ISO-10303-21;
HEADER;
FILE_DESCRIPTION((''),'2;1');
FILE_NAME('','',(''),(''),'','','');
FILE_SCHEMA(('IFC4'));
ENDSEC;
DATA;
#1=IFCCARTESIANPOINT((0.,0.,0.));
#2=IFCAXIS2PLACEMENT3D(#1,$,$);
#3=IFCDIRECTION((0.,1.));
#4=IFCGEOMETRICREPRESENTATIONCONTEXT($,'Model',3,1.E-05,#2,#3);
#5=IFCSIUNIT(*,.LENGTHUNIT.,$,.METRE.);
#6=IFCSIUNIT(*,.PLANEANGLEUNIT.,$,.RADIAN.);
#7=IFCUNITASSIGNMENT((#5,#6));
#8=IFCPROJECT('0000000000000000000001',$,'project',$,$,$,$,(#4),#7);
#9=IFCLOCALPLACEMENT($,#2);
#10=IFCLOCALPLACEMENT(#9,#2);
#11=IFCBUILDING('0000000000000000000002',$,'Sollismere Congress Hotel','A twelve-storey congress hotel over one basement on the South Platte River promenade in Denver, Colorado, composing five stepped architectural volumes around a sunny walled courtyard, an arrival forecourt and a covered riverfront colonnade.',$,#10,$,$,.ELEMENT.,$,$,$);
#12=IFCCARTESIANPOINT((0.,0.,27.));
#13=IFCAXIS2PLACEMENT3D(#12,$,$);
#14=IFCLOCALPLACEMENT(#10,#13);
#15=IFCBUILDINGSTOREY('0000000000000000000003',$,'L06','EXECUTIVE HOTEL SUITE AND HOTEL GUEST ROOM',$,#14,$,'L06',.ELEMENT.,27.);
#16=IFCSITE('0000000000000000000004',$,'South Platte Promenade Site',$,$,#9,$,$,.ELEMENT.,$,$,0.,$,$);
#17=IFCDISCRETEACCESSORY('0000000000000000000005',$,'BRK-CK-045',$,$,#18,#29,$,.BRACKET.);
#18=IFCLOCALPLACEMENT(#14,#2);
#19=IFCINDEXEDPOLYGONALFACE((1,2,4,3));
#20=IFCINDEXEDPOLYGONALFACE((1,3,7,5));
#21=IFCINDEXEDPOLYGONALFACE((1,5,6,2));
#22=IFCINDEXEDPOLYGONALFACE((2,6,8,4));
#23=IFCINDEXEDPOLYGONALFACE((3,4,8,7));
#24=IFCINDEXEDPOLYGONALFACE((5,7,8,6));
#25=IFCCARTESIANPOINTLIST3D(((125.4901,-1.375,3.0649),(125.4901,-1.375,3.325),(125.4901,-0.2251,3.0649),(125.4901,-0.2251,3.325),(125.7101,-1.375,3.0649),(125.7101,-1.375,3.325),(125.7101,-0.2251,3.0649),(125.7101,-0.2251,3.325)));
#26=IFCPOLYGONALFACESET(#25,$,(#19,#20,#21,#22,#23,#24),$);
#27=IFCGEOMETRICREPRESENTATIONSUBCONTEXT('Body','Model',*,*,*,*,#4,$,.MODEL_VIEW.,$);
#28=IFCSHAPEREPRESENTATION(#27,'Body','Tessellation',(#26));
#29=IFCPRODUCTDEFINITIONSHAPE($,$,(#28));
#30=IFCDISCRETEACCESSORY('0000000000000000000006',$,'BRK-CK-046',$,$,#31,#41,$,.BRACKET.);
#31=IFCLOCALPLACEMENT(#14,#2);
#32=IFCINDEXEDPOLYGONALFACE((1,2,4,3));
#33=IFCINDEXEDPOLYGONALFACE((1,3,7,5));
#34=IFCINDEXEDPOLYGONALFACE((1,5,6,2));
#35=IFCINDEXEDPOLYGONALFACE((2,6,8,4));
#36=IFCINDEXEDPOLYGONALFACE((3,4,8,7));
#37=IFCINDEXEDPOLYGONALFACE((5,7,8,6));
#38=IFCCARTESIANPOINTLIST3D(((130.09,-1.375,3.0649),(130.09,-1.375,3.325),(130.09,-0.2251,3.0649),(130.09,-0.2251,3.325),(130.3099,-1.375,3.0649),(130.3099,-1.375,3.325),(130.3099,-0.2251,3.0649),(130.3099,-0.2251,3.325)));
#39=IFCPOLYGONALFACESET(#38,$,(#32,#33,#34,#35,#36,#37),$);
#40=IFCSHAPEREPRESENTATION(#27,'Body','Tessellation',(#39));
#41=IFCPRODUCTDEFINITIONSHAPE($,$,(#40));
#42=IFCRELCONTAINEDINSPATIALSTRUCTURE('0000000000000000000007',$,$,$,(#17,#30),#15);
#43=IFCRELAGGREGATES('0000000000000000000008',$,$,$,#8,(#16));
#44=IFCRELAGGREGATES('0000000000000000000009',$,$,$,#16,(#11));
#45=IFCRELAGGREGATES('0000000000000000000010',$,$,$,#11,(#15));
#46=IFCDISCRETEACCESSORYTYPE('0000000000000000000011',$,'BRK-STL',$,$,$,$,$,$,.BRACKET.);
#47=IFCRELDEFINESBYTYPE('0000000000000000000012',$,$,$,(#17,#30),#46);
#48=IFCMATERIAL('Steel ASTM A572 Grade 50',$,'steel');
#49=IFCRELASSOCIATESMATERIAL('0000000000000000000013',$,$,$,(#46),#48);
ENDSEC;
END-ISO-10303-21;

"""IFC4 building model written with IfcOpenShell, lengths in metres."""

from ifc_helpers import new_model, si_unit, direction, frame, origin, origin_2d, place, context, subcontext, project, spatial, rectangle, extrude, material, type_object, element, save


model = new_model("IFC4")

# Units and contexts
model_context = context("Model", 3, precision=1e-05, world=origin(), true_north=direction((0.0, 1.0)))
body_context = subcontext(model_context, "Body", "Model", "MODEL_VIEW")
ifc_project = project(units=[si_unit("LENGTHUNIT", "METRE"), si_unit("PLANEANGLEUNIT", "RADIAN")], contexts=[model_context])

# Site, building, storey
site_placement = place(None, origin())
site = spatial("IfcSite", under=ifc_project, at=site_placement, Name="South Platte Promenade Site", CompositionType="ELEMENT", RefElevation=0.0)
building_placement = place(site_placement, origin())
building = spatial("IfcBuilding", under=site, at=building_placement, Name="Sollismere Congress Hotel", Description="A twelve-storey congress hotel over one basement on the South Platte River promenade in Denver, Colorado, composing five stepped architectural volumes around a sunny walled courtyard, an arrival forecourt and a covered riverfront colonnade.", CompositionType="ELEMENT")
storey_placement = place(building_placement, frame((0.0, 0.0, 27.0)))
storey = spatial("IfcBuildingStorey", under=building, at=storey_placement, Name="L06", Description="EXECUTIVE HOTEL SUITE AND HOTEL GUEST ROOM", LongName="L06", CompositionType="ELEMENT", Elevation=27.0)

# Discrete accessories
ifc_material_1 = material(Name="Steel ASTM A572 Grade 50", Category="steel")
discrete_accessory_type = type_object("IfcDiscreteAccessoryType", Name="BRK-STL", PredefinedType="BRACKET", material=ifc_material_1)
for number, where, z_axis, x_axis, name in (
    (1, (125.6001, -0.8, 3.0649), (0.0, 0.0, 1.0), (1.0, 0.0, 0.0), "BRK-CK-045"),
    (2, (130.2, -0.8, 3.0649), (0.0, 0.0, 1.0), (1.0, 0.0, 0.0), "BRK-CK-046"),
):
    element("IfcDiscreteAccessory", number, at=place(storey_placement, frame(where, z_axis=z_axis, x_axis=x_axis)), inside=storey, type_object=discrete_accessory_type, Name=name, PredefinedType="BRACKET", context=body_context, shape_type="SweptSolid", body=[
        extrude(rectangle(XDim=0.22, YDim=1.1499, at=origin_2d()), origin(), (0.0, 0.0, 1.0), 0.26),
    ])

save(model, "model.ifc")
